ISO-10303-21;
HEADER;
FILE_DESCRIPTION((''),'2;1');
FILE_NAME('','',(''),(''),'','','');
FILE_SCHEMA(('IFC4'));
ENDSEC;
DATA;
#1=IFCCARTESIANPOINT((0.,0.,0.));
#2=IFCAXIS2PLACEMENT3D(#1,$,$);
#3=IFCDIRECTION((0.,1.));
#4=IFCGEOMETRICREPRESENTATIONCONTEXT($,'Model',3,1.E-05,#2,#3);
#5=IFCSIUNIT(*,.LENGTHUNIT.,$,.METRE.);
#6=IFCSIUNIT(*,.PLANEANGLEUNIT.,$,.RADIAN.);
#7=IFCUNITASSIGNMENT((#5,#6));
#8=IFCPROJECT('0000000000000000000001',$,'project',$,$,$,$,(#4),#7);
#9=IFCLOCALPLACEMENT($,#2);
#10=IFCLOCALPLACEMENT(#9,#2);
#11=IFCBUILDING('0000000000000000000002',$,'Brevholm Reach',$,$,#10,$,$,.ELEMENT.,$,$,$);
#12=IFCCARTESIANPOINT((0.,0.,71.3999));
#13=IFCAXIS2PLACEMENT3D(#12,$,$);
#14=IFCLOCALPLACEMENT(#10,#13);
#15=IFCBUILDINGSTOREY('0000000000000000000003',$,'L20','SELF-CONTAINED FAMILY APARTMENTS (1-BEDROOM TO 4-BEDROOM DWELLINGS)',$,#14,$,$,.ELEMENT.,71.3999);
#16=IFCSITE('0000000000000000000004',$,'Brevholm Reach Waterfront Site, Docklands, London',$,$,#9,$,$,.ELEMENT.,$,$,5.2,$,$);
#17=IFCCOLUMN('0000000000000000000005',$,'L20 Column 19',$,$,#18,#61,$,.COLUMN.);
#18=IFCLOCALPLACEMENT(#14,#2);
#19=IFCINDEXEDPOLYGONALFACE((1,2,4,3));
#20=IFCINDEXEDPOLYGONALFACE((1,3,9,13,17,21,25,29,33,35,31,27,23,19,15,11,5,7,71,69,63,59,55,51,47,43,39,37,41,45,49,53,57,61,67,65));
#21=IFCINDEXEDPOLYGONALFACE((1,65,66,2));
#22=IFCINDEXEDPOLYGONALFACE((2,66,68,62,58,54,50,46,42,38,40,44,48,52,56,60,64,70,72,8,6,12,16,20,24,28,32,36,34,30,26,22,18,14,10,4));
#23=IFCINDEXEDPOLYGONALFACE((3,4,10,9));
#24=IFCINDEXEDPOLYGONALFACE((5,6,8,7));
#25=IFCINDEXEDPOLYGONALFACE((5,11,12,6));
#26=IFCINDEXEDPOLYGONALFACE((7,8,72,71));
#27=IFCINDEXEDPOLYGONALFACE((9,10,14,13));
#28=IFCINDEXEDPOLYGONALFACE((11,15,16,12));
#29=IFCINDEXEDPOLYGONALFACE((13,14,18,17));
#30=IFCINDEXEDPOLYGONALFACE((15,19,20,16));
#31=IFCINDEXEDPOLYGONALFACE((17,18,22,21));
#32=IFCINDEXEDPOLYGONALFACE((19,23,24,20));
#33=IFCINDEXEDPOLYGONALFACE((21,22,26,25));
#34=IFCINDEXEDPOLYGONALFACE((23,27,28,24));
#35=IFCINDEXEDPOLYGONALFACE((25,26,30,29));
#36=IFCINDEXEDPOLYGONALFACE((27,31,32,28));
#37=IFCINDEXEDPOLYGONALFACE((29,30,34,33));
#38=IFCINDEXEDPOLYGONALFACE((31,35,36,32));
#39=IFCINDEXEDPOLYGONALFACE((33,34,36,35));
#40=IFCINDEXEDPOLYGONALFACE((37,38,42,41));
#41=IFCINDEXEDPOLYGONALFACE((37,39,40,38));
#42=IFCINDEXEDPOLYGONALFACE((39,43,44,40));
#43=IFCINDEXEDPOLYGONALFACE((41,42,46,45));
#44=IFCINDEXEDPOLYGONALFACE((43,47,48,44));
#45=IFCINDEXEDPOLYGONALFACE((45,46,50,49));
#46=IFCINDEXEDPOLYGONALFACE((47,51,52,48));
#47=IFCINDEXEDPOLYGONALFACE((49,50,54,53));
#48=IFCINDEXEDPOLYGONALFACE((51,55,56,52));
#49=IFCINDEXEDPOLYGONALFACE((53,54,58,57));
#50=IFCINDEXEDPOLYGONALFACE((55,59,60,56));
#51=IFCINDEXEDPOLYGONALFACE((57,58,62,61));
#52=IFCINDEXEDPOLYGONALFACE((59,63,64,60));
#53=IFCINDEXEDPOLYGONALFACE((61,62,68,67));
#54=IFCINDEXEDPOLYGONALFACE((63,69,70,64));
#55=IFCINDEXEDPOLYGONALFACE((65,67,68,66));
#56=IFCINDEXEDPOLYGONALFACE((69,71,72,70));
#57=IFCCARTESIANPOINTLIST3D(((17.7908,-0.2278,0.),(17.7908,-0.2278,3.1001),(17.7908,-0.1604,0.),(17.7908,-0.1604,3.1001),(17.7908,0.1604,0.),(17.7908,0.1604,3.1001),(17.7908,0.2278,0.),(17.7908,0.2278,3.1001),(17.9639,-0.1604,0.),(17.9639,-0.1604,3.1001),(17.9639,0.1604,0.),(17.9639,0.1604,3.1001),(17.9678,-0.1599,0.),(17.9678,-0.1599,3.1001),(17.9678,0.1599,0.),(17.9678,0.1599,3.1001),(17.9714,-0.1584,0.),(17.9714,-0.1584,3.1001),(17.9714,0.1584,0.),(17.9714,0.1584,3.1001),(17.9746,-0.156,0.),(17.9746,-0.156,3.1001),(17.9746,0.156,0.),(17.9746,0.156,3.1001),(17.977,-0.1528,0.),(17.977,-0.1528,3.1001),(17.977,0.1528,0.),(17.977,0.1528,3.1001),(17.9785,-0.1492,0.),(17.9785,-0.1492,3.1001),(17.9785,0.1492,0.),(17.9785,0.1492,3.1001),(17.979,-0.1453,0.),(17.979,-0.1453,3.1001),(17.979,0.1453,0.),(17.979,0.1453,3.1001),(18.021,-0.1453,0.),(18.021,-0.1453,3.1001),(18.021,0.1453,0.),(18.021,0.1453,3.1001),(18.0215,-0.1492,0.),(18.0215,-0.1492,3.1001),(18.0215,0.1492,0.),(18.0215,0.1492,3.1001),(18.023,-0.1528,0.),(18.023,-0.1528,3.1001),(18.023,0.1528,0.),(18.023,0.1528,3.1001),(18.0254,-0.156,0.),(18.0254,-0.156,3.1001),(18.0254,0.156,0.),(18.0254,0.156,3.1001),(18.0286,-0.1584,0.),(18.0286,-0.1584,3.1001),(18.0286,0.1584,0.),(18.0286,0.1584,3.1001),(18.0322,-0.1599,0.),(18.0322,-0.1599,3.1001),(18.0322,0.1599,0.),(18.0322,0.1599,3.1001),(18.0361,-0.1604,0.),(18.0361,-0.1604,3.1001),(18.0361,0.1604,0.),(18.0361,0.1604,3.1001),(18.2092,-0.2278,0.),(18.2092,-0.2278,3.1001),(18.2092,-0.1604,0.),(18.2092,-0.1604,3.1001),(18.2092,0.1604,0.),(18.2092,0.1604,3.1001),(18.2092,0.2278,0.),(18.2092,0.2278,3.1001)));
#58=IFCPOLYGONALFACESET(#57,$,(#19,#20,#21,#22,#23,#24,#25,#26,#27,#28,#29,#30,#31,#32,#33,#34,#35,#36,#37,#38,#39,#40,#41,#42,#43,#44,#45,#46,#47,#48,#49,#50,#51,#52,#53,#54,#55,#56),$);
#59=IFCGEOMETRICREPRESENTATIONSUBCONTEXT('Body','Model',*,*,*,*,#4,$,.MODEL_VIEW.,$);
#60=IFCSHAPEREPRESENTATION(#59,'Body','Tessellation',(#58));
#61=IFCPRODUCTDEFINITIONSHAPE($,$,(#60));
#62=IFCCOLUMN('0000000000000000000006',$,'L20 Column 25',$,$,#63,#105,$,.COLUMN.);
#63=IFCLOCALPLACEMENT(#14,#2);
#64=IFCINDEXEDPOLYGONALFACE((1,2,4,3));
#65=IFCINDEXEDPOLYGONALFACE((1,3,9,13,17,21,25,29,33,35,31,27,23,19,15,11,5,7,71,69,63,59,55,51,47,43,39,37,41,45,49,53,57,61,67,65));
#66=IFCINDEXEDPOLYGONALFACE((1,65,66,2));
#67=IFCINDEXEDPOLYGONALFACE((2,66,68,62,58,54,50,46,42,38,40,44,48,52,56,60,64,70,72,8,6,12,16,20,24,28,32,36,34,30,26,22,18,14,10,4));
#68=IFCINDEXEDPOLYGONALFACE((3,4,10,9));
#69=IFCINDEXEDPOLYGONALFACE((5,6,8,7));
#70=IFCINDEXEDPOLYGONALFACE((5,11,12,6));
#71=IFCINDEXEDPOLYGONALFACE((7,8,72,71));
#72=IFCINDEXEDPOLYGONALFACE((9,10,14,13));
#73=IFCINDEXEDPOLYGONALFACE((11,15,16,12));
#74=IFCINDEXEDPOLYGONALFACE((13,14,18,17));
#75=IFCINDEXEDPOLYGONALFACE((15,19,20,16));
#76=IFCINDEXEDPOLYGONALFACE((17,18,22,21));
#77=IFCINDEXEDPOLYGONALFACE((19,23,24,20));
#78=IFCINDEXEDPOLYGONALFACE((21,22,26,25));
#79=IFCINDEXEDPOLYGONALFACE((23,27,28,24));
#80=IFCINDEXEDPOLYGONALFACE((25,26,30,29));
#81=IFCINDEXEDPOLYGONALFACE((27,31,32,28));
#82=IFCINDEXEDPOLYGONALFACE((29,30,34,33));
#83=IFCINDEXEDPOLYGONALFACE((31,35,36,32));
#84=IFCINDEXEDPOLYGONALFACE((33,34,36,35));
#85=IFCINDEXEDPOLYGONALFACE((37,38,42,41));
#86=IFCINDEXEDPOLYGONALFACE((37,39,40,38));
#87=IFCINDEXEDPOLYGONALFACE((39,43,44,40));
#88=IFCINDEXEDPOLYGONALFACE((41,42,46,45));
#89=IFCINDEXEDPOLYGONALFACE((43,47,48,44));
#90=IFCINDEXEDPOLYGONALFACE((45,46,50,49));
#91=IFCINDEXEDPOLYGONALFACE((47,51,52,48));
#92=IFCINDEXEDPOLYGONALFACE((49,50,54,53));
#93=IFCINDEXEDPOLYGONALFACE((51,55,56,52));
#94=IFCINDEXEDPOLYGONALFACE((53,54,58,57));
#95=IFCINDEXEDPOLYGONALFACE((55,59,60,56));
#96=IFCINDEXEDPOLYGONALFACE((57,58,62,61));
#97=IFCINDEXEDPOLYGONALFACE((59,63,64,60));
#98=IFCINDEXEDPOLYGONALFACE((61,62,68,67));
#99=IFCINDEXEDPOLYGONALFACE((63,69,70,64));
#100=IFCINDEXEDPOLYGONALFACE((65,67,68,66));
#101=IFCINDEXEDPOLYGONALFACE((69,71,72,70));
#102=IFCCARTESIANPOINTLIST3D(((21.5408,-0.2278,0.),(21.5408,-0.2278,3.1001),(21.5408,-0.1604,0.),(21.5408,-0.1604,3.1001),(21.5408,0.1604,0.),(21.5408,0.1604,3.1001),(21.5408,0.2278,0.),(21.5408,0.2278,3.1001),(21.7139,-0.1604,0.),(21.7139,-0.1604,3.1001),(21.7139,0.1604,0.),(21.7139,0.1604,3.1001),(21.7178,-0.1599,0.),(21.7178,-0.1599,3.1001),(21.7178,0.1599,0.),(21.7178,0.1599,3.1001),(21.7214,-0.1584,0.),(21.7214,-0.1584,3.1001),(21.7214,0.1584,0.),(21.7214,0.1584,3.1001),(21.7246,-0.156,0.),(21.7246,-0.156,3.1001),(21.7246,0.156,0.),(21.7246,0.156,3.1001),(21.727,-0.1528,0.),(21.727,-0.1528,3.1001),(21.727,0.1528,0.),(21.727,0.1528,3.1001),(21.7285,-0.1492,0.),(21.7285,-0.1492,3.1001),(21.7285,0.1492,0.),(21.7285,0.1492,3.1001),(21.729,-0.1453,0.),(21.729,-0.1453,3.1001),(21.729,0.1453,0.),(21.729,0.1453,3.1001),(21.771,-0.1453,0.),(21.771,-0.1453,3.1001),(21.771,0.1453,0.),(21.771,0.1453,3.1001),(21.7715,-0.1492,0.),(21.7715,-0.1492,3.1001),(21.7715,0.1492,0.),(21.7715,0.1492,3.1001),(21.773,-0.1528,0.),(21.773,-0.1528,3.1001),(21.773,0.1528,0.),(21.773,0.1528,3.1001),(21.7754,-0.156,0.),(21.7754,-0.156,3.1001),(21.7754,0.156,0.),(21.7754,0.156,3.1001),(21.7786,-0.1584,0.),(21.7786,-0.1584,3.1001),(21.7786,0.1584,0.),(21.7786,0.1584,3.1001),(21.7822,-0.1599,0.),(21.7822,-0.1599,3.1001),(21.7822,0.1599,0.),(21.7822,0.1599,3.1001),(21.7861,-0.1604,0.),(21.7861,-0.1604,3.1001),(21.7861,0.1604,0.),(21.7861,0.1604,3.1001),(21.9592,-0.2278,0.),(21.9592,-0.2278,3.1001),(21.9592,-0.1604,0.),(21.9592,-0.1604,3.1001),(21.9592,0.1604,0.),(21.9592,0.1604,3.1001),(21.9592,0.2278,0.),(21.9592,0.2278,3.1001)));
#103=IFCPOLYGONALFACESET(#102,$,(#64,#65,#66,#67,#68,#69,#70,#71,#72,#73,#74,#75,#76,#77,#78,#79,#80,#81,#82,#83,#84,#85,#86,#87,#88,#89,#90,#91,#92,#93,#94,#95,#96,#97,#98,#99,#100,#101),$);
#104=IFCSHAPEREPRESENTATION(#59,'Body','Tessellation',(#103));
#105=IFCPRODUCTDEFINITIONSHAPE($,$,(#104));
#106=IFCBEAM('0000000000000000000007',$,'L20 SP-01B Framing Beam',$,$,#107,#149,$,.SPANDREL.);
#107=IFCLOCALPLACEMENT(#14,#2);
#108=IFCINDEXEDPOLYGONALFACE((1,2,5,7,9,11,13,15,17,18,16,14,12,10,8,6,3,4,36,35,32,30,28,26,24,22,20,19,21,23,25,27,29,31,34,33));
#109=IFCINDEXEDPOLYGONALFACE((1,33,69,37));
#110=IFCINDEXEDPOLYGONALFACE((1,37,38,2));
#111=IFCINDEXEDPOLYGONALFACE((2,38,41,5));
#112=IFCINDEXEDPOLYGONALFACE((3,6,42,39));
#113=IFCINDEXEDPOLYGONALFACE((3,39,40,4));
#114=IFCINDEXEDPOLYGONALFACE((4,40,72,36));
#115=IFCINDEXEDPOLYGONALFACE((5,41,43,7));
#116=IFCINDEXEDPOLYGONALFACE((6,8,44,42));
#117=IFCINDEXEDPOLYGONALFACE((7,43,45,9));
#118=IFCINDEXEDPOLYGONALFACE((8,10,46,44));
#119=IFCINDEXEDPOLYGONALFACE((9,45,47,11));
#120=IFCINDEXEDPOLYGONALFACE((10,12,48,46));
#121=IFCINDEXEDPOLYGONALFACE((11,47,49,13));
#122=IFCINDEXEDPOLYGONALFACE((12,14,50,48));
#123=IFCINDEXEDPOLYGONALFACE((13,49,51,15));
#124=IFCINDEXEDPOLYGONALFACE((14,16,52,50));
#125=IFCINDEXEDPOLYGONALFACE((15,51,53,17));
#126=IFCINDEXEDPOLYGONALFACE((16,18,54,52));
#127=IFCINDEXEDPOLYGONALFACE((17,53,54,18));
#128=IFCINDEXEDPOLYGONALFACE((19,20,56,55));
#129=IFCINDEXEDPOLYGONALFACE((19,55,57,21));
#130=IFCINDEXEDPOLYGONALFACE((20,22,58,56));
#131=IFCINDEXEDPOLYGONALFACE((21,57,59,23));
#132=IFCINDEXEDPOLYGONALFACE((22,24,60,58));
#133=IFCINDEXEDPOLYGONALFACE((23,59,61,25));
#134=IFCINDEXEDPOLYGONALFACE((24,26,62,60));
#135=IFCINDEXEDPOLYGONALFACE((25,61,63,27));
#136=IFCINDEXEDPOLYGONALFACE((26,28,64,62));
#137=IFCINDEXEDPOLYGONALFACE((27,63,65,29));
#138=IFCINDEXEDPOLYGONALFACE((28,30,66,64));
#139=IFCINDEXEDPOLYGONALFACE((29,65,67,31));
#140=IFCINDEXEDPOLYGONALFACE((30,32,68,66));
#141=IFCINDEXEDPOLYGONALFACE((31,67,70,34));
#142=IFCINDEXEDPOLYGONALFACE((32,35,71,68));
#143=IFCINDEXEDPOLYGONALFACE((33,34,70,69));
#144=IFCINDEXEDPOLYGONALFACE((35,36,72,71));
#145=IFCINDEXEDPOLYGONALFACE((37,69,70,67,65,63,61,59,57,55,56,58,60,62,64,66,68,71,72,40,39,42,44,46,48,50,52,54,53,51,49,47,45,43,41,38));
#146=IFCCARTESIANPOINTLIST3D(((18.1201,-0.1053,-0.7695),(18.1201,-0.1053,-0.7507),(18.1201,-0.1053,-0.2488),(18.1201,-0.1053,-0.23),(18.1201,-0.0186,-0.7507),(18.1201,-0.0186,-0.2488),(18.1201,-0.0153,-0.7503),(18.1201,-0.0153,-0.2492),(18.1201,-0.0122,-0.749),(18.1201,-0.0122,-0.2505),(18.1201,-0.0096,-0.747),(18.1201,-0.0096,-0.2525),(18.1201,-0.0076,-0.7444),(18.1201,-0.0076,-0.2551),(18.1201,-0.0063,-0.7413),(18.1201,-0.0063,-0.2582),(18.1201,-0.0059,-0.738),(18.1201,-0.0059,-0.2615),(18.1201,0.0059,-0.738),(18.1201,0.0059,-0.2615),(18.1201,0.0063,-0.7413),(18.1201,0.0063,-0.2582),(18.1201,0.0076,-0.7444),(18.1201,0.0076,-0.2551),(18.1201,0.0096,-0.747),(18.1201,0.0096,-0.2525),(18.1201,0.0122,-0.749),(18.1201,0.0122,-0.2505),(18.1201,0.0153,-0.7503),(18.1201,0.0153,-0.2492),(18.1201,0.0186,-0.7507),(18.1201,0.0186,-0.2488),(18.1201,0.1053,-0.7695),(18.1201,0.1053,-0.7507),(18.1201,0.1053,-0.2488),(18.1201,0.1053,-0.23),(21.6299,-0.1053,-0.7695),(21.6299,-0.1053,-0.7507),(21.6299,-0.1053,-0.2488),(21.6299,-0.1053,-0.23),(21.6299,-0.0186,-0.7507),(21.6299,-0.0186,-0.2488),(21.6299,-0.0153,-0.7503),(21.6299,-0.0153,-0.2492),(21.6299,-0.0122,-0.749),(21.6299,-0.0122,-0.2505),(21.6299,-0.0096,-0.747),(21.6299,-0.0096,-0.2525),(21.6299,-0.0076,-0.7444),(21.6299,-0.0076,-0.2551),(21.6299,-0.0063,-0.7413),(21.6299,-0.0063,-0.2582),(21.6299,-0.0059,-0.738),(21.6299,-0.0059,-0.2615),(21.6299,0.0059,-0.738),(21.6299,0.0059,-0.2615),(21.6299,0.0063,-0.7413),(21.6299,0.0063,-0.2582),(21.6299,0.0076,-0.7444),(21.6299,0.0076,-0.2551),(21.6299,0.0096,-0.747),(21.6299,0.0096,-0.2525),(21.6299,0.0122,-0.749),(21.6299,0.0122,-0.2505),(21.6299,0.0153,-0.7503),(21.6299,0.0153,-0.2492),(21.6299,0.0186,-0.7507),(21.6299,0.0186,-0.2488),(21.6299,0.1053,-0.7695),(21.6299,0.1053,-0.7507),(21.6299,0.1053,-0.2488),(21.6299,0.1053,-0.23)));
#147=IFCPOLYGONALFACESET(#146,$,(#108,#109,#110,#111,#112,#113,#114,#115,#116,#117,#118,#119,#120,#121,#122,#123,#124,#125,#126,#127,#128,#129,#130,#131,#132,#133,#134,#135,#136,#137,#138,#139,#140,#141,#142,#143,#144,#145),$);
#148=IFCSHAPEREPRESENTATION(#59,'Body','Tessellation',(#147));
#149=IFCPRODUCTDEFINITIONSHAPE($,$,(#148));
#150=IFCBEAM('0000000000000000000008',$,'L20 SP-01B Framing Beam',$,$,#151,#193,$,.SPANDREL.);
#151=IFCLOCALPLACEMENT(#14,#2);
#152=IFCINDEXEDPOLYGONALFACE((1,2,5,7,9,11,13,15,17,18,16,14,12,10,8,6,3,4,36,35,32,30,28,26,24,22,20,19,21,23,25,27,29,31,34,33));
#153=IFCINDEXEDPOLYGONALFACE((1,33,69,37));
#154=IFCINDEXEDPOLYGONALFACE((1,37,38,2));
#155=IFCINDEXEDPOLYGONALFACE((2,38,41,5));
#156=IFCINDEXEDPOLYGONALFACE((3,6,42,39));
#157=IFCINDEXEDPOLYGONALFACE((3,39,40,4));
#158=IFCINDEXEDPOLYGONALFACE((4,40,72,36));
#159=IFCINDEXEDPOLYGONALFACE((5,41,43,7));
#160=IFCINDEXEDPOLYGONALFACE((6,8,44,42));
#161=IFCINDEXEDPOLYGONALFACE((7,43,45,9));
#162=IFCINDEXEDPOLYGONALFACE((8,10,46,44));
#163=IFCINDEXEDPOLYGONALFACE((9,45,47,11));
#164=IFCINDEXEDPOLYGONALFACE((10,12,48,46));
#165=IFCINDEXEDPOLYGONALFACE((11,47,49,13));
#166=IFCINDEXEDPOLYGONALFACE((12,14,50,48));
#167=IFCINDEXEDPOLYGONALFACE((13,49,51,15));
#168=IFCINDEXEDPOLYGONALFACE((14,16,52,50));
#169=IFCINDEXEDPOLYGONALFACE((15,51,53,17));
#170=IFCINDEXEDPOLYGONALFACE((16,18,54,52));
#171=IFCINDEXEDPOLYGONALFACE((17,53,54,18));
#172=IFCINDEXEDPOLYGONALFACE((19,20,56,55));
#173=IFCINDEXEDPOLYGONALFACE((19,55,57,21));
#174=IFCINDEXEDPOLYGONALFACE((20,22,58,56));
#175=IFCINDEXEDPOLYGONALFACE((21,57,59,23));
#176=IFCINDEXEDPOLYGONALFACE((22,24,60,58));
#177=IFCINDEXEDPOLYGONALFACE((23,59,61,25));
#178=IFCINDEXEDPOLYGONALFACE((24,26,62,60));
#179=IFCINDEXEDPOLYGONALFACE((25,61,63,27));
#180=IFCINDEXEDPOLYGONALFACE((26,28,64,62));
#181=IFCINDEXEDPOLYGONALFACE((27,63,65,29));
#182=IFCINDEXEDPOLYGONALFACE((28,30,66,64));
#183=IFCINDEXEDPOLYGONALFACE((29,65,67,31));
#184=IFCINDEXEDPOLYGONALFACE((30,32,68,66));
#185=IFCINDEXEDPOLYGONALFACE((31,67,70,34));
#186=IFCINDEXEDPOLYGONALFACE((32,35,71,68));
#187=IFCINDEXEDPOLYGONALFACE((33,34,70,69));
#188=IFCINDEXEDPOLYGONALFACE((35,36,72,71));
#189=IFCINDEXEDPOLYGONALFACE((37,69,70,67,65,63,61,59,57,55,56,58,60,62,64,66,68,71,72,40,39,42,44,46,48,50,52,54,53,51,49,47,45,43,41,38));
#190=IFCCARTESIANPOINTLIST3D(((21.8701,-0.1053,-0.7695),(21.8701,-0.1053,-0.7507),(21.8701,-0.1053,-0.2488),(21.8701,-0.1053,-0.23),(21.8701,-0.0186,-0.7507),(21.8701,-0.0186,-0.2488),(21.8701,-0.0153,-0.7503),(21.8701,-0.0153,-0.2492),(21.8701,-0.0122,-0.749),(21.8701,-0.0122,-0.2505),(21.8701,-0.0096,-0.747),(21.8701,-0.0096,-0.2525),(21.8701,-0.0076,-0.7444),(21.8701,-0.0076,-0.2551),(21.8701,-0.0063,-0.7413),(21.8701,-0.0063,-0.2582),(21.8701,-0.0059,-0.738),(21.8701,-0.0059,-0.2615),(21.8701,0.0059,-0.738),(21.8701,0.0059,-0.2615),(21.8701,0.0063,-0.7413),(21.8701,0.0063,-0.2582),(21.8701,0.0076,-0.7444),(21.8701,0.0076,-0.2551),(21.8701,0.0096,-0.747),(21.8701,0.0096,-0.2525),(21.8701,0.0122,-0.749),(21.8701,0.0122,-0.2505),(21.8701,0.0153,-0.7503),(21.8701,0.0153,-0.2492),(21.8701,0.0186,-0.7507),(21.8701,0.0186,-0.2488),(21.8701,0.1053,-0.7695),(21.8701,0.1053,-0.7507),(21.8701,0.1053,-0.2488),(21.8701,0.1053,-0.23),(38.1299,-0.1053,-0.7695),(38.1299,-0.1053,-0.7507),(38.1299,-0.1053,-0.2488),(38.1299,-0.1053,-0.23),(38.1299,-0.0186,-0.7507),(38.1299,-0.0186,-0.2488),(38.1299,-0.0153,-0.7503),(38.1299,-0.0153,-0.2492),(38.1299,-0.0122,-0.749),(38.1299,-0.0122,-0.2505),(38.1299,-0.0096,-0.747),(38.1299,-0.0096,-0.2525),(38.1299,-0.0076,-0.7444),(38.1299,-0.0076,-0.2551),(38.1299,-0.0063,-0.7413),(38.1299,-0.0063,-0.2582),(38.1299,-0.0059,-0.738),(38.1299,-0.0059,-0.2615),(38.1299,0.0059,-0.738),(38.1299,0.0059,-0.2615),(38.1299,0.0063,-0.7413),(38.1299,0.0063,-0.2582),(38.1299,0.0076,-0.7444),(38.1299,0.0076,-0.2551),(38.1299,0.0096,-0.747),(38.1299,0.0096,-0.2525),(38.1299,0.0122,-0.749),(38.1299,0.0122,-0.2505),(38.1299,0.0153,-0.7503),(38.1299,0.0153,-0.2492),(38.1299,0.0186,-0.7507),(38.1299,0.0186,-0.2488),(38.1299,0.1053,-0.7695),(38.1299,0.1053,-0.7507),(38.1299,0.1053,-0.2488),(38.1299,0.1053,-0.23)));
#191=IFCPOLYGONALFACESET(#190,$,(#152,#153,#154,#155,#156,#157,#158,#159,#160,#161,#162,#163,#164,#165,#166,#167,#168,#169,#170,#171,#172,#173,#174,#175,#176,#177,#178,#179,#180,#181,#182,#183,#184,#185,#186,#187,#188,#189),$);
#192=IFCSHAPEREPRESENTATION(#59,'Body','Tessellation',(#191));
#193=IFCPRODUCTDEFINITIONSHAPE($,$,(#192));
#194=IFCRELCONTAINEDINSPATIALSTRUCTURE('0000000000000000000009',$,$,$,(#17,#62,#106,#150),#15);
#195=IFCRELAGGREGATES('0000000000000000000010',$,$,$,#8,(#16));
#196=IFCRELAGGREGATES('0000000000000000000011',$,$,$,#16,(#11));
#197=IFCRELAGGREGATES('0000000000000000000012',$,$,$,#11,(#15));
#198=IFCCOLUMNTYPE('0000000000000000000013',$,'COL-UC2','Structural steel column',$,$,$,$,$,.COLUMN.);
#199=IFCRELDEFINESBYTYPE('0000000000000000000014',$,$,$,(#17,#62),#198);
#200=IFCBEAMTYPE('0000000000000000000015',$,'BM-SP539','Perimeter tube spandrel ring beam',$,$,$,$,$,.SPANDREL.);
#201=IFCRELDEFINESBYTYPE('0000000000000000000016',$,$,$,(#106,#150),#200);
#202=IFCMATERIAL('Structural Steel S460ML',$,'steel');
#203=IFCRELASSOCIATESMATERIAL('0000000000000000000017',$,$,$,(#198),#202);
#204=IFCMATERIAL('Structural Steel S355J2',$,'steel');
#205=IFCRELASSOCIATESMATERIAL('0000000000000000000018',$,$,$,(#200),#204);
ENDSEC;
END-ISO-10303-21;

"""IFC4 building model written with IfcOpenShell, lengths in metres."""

from ifc_helpers import new_model, si_unit, direction, frame, origin, origin_2d, place, context, subcontext, project, spatial, i_section, extrude, material, material_profile, profile_set, type_object, element, save


model = new_model("IFC4")

# Units and contexts
model_context = context("Model", 3, precision=1e-05, world=origin(), true_north=direction((0.0, 1.0)))
body_context = subcontext(model_context, "Body", "Model", "MODEL_VIEW")
ifc_project = project(units=[si_unit("LENGTHUNIT", "METRE"), si_unit("PLANEANGLEUNIT", "RADIAN")], contexts=[model_context])

# Site, building, storey
site_placement = place(None, origin())
site = spatial("IfcSite", under=ifc_project, at=site_placement, Name="Brevholm Reach Waterfront Site, Docklands, London", CompositionType="ELEMENT", RefElevation=5.2)
building_placement = place(site_placement, origin())
building = spatial("IfcBuilding", under=site, at=building_placement, Name="Brevholm Reach", CompositionType="ELEMENT")
storey_placement = place(building_placement, frame((0.0, 0.0, 71.3999)))
storey = spatial("IfcBuildingStorey", under=building, at=storey_placement, Name="L20", Description="SELF-CONTAINED FAMILY APARTMENTS (1-BEDROOM TO 4-BEDROOM DWELLINGS)", CompositionType="ELEMENT", Elevation=71.3999)

# Columns
ifc_material_1 = material(Name="Structural Steel S460ML", Category="steel")
ifc_material_profile_1 = material_profile(ifc_material_1, i_section(OverallWidth=0.4185, OverallDepth=0.4556, WebThickness=0.042, FlangeThickness=0.0674, FilletRadius=0.0151, at=origin_2d()), Name="UKC 356x406x551")
ifc_profile_set_1 = profile_set([ifc_material_profile_1], Name="Structural Steel S460ML")
column_type = type_object("IfcColumnType", Name="COL-UC2", Description="Structural steel column", PredefinedType="COLUMN", material=ifc_profile_set_1)
for number, where, z_axis, x_axis, name in (
    (1, (18.0, 0.0, 0.0), (0.0, 0.0, 1.0), (1.0, 0.0, 0.0), "L20 Column 19"),
    (2, (21.75, 0.0, 0.0), (0.0, 0.0, 1.0), (1.0, 0.0, 0.0), "L20 Column 25"),
):
    element("IfcColumn", number, at=place(storey_placement, frame(where, z_axis=z_axis, x_axis=x_axis)), inside=storey, type_object=column_type, Name=name, PredefinedType="COLUMN", context=body_context, shape_type="SweptSolid", body=[
        extrude(i_section(OverallWidth=0.4185, OverallDepth=0.4556, WebThickness=0.042, FlangeThickness=0.0674, FilletRadius=0.0151, at=origin_2d()), origin(), (0.0, 0.0, 1.0), 3.1001),
    ])

# Beams
ifc_material_2 = material(Name="Structural Steel S355J2", Category="steel")
ifc_material_profile_2 = material_profile(ifc_material_2, i_section(OverallWidth=0.2107, OverallDepth=0.5396, WebThickness=0.0117, FlangeThickness=0.0188, FilletRadius=0.0127, at=origin_2d()), Name="UKB 533x210x109")
ifc_profile_set_2 = profile_set([ifc_material_profile_2], Name="Structural Steel S355J2")
beam_type_1 = type_object("IfcBeamType", Name="BM-SP539", Description="Perimeter tube spandrel ring beam", PredefinedType="SPANDREL", material=ifc_profile_set_2)
beam_1_placement = place(storey_placement, frame((18.1201, 0.0, -0.4998), z_axis=(1.0, 0.0, 0.0), x_axis=(0.0, 1.0, 0.0)))
element("IfcBeam", 3, at=beam_1_placement, inside=storey, type_object=beam_type_1, Name="L20 SP-01B Framing Beam", PredefinedType="SPANDREL", context=body_context, shape_type="SweptSolid", body=[
    extrude(i_section(OverallWidth=0.2107, OverallDepth=0.5396, WebThickness=0.0117, FlangeThickness=0.0188, FilletRadius=0.0127, at=origin_2d()), origin(), (0.0, 0.0, 1.0), 3.5098),
])
beam_2_placement = place(storey_placement, frame((21.8701, 0.0, -0.4998), z_axis=(1.0, 0.0, 0.0), x_axis=(0.0, 1.0, 0.0)))
element("IfcBeam", 4, at=beam_2_placement, inside=storey, type_object=beam_type_1, Name="L20 SP-01B Framing Beam", PredefinedType="SPANDREL", context=body_context, shape_type="SweptSolid", body=[
    extrude(i_section(OverallWidth=0.2107, OverallDepth=0.5396, WebThickness=0.0117, FlangeThickness=0.0188, FilletRadius=0.0127, at=origin_2d()), origin(), (0.0, 0.0, 1.0), 16.2598),
])

save(model, "model.ifc")
